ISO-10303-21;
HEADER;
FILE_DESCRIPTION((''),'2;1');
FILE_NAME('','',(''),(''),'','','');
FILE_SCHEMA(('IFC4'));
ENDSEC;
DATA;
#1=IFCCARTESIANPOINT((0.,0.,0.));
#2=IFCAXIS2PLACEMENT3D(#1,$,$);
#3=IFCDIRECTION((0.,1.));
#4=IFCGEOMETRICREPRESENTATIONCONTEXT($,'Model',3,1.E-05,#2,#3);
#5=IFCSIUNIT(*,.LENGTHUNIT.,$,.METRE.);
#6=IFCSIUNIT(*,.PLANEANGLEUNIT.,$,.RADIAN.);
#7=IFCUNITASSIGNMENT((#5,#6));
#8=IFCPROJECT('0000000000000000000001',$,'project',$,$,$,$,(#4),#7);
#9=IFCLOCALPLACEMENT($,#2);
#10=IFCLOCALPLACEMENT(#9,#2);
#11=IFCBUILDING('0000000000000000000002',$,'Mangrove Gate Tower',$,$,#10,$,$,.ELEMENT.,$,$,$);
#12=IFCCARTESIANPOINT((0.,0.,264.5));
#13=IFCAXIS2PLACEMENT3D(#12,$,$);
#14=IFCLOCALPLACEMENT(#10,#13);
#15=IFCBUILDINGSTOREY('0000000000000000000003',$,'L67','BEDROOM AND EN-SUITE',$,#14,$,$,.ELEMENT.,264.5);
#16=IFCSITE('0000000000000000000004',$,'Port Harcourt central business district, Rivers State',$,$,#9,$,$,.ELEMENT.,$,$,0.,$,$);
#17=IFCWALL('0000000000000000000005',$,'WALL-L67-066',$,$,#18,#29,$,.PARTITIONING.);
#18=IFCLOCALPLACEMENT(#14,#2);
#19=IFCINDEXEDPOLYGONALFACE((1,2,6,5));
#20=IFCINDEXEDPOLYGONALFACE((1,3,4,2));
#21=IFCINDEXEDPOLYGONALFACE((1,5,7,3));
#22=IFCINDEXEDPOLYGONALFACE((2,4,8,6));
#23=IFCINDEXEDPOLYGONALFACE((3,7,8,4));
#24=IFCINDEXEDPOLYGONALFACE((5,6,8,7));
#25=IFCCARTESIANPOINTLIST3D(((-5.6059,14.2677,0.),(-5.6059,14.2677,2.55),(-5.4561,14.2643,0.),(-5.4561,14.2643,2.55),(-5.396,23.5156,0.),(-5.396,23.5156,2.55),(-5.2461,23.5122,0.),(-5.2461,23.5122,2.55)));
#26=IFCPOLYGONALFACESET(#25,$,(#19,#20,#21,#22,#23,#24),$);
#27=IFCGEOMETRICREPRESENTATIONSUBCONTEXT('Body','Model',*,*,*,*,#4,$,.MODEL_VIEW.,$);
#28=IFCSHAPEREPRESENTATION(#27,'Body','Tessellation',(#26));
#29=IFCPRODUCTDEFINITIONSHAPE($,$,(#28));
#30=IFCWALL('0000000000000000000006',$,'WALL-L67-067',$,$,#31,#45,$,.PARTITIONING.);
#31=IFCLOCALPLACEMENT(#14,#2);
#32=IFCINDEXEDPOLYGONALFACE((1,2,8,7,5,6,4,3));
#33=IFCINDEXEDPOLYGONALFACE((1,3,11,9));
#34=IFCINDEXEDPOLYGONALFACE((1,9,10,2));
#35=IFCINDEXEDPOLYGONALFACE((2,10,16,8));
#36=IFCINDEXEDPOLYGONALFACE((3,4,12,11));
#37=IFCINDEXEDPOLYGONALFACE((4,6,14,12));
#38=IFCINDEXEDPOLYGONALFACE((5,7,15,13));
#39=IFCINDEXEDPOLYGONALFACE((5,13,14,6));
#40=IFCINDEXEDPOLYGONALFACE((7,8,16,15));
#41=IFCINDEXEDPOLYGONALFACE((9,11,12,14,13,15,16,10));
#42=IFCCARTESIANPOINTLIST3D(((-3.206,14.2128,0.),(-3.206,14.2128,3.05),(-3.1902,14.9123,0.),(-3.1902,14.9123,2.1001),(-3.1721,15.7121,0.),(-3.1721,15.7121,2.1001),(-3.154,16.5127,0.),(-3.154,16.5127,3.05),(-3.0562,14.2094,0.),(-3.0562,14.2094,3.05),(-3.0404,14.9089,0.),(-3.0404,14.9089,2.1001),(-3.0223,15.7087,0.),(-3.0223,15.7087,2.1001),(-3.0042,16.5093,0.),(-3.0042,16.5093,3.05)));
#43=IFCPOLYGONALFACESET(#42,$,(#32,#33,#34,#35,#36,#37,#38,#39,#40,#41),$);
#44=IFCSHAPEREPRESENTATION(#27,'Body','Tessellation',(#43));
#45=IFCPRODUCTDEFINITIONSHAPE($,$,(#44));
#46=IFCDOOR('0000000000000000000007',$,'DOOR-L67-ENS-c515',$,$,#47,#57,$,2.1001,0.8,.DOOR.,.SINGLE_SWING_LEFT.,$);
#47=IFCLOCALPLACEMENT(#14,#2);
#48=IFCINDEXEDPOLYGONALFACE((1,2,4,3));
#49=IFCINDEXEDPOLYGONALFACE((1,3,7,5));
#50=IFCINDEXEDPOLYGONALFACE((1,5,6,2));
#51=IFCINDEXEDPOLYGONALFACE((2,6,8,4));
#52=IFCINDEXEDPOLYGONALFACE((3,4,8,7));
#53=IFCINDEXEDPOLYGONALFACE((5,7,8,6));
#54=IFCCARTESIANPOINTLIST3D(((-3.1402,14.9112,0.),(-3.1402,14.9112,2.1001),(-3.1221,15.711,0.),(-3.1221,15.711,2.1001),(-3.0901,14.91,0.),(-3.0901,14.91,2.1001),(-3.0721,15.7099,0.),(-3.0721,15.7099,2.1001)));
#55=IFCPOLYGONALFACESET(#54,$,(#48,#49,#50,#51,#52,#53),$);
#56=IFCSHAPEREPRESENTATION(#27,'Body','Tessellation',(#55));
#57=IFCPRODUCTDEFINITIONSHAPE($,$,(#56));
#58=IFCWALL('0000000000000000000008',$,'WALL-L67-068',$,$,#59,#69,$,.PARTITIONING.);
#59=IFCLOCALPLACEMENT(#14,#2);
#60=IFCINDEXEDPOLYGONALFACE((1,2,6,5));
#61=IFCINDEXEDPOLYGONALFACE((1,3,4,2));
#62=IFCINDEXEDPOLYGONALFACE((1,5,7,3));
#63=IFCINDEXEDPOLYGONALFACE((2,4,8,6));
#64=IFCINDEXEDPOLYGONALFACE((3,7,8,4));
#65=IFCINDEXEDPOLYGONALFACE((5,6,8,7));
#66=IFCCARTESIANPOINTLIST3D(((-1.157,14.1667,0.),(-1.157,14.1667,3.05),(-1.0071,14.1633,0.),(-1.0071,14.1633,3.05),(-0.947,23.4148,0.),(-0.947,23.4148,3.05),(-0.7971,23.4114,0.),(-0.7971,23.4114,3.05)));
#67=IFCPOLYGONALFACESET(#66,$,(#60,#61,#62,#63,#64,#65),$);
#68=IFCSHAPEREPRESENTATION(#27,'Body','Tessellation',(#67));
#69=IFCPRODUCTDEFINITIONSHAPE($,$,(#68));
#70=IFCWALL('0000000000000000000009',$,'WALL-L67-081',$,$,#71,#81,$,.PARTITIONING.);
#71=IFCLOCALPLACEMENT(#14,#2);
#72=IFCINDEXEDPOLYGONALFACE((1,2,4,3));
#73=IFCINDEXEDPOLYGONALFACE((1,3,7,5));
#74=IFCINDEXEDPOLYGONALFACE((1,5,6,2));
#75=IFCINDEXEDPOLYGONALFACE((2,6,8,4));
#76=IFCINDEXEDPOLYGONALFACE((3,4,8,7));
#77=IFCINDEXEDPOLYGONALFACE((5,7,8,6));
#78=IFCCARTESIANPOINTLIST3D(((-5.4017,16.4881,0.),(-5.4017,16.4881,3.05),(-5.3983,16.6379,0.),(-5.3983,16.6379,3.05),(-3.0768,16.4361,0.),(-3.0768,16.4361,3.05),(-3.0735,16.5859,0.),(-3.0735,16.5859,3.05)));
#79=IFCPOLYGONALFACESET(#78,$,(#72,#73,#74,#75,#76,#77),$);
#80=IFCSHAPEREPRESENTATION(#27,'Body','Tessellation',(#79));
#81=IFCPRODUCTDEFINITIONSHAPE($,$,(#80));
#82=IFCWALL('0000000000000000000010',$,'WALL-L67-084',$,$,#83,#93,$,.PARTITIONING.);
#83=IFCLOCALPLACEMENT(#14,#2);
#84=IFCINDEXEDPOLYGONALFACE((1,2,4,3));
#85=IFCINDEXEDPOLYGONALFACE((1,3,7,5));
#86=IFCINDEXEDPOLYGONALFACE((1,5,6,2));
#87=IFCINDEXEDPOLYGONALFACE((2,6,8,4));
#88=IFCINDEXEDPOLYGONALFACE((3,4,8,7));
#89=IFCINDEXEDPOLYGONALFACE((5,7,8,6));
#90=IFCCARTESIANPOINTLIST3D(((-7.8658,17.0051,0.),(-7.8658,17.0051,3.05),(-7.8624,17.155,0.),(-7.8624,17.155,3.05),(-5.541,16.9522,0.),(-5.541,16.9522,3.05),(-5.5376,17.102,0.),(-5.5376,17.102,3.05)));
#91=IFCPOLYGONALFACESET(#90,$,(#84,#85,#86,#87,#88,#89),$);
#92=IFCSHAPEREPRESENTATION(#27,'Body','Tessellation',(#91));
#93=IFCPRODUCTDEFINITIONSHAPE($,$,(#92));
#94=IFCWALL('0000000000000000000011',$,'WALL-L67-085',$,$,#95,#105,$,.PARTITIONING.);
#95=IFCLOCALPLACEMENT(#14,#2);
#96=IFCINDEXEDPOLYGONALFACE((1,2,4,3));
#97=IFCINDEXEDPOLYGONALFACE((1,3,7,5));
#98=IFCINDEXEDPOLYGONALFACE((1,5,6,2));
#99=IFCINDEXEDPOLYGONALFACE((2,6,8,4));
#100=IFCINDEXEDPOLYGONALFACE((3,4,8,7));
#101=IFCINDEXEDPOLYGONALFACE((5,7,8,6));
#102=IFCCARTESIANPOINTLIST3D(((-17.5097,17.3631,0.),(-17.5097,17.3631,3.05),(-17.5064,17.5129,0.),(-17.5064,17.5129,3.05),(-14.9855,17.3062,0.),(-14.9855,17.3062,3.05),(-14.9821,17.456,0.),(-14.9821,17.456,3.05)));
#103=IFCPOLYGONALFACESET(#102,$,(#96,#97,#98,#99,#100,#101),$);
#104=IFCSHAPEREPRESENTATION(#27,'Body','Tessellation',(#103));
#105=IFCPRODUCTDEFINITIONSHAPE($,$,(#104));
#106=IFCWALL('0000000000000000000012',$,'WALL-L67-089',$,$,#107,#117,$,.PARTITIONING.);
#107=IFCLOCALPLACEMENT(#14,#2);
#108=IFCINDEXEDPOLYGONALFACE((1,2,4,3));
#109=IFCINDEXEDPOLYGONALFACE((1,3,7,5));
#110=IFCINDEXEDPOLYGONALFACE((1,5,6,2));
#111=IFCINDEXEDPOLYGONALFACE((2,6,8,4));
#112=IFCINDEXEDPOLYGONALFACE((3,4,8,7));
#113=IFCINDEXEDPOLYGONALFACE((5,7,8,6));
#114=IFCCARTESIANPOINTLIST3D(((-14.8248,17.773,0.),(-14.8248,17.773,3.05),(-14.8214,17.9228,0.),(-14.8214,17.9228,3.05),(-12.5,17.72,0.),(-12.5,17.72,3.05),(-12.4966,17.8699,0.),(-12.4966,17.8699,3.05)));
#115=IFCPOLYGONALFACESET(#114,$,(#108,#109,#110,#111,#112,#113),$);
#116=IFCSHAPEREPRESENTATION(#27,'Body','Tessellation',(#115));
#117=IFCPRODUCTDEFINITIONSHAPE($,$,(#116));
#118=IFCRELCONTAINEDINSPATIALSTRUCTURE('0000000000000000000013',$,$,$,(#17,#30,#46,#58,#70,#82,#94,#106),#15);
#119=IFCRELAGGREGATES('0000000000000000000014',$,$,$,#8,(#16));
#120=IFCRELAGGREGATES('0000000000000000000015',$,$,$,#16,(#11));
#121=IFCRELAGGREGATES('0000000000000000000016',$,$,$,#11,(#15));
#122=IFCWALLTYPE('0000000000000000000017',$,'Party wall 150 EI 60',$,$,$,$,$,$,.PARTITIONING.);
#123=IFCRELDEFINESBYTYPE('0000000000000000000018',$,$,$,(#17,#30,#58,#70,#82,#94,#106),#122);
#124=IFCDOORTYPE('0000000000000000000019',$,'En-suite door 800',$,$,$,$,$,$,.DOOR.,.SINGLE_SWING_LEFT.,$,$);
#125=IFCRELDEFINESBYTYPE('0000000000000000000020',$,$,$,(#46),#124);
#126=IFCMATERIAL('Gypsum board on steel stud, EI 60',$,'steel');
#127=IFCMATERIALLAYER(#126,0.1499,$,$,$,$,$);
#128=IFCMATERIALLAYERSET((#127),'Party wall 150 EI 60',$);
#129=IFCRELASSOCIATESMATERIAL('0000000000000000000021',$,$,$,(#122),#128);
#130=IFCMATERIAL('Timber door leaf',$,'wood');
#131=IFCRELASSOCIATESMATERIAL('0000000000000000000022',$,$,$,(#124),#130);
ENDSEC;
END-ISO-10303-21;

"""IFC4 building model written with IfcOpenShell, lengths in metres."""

from ifc_helpers import new_model, si_unit, direction, frame, frame_2d, origin, place, context, subcontext, project, spatial, rectangle, extrude, material, layer, layer_set, type_object, element, fill, save


model = new_model("IFC4")

# Units and contexts
model_context = context("Model", 3, precision=1e-05, world=origin(), true_north=direction((0.0, 1.0)))
body_context = subcontext(model_context, "Body", "Model", "MODEL_VIEW")
ifc_project = project(units=[si_unit("LENGTHUNIT", "METRE"), si_unit("PLANEANGLEUNIT", "RADIAN")], contexts=[model_context])

# Site, building, storey
site_placement = place(None, origin())
site = spatial("IfcSite", under=ifc_project, at=site_placement, Name="Port Harcourt central business district, Rivers State", CompositionType="ELEMENT", RefElevation=0.0)
building_placement = place(site_placement, origin())
building = spatial("IfcBuilding", under=site, at=building_placement, Name="Mangrove Gate Tower", CompositionType="ELEMENT")
storey_placement = place(building_placement, frame((0.0, 0.0, 264.5)))
storey = spatial("IfcBuildingStorey", under=building, at=storey_placement, Name="L67", Description="BEDROOM AND EN-SUITE", CompositionType="ELEMENT", Elevation=264.5)

# Shared definitions
ifc_material_1 = material(Name="Gypsum board on steel stud, EI 60", Category="steel")
ifc_layer = layer(ifc_material_1, 0.1499)
ifc_layer_set = layer_set([ifc_layer], Name="Party wall 150 EI 60")
wall_type = type_object("IfcWallType", Name="Party wall 150 EI 60", PredefinedType="PARTITIONING", material=ifc_layer_set)

# Shared definitions
ifc_material_2 = material(Name="Timber door leaf", Category="wood")
door_type = type_object("IfcDoorType", Name="En-suite door 800", OperationType="SINGLE_SWING_LEFT", PredefinedType="DOOR", material=ifc_material_2)

# Wall
wall_1_placement = place(storey_placement, frame((-5.531, 14.2661, 0.0), z_axis=(0.0, 0.0, 1.0), x_axis=(0.022698, 0.999742, 0.0)))
element("IfcWall", 1, at=wall_1_placement, inside=storey, type_object=wall_type, Name="WALL-L67-066", PredefinedType="PARTITIONING", context=body_context, shape_type="SweptSolid", body=[
    extrude(rectangle(XDim=9.2502, YDim=0.1499, at=frame_2d((4.625, 0.0))), origin(), (0.0, 0.0, 1.0), 2.55),
])

# Wall, opening, door
wall_2_placement = place(storey_placement, frame((-3.1311, 14.2109, 0.0), z_axis=(0.0, 0.0, 1.0), x_axis=(0.022603, 0.999745, 0.0)))
wall_2 = element("IfcWall", 2, at=wall_2_placement, inside=storey, type_object=wall_type, Name="WALL-L67-067", PredefinedType="PARTITIONING", context=body_context, shape_type="SweptSolid", body=[
    extrude(rectangle(XDim=2.3005, YDim=0.1499, at=frame_2d((1.1504, 0.0))), origin(), (0.0, 0.0, 1.0), 3.05),
])
opening_1_placement = place(wall_2_placement, frame((0.7, 0.0, 0.0)))
opening_1 = element("IfcOpeningElement", 3, at=opening_1_placement, cuts=wall_2, PredefinedType="OPENING", context=body_context, shape_type="SweptSolid", body=[
    extrude(rectangle(XDim=0.8, YDim=2.1001, at=frame_2d((0.3999, 1.05))), frame((0.0, 0.085, 0.0), z_axis=(0.0, -1.0, 0.0), x_axis=(1.0, 0.0, 0.0)), (0.0, 0.0, 1.0), 0.1699),
])
door_1_placement = place(opening_1_placement, origin())
door_1 = element("IfcDoor", 4, at=door_1_placement, inside=storey, type_object=door_type, Name="DOOR-L67-ENS-c515", OperationType="SINGLE_SWING_LEFT", OverallHeight=2.1001, OverallWidth=0.8, PredefinedType="DOOR", context=body_context, shape_type="SweptSolid", body=[
    extrude(rectangle(XDim=0.8, YDim=2.1001, at=frame_2d((0.3999, 1.05))), frame((0.0, 0.0249, 0.0), z_axis=(0.0, -1.0, 0.0), x_axis=(1.0, 0.0, 0.0)), (0.0, 0.0, 1.0), 0.05),
])
fill(opening_1, door_1)

# Walls
wall_3_placement = place(storey_placement, frame((-1.082, 14.165, 0.0), z_axis=(0.0, 0.0, 1.0), x_axis=(0.022697, 0.999742, 0.0)))
element("IfcWall", 5, at=wall_3_placement, inside=storey, type_object=wall_type, Name="WALL-L67-068", PredefinedType="PARTITIONING", context=body_context, shape_type="SweptSolid", body=[
    extrude(rectangle(XDim=9.2505, YDim=0.1499, at=frame_2d((4.6252, 0.0))), origin(), (0.0, 0.0, 1.0), 3.05),
])
for number, where, z_axis, x_axis, name in (
    (6, (-5.3999, 16.563, 0.0), (0.0, 0.0, 1.0), (0.99975, -0.022361, 0.0), "WALL-L67-081"),
    (7, (-7.864, 17.0801, 0.0), (0.0, 0.0, 1.0), (0.99974, -0.022781, 0.0), "WALL-L67-084"),
):
    element("IfcWall", number, at=place(storey_placement, frame(where, z_axis=z_axis, x_axis=x_axis)), inside=storey, type_object=wall_type, Name=name, PredefinedType="PARTITIONING", context=body_context, shape_type="SweptSolid", body=[
        extrude(rectangle(XDim=2.3254, YDim=0.1499, at=frame_2d((1.1626, 0.0))), origin(), (0.0, 0.0, 1.0), 3.05),
    ])
wall_4_placement = place(storey_placement, frame((-17.5081, 17.438, 0.0), z_axis=(0.0, 0.0, 1.0), x_axis=(0.999746, -0.02253, 0.0)))
element("IfcWall", 8, at=wall_4_placement, inside=storey, type_object=wall_type, Name="WALL-L67-085", PredefinedType="PARTITIONING", context=body_context, shape_type="SweptSolid", body=[
    extrude(rectangle(XDim=2.5249, YDim=0.1499, at=frame_2d((1.2625, 0.0))), origin(), (0.0, 0.0, 1.0), 3.05),
])
wall_5_placement = place(storey_placement, frame((-14.823, 17.8479, 0.0), z_axis=(0.0, 0.0, 1.0), x_axis=(0.99974, -0.022781, 0.0)))
element("IfcWall", 9, at=wall_5_placement, inside=storey, type_object=wall_type, Name="WALL-L67-089", PredefinedType="PARTITIONING", context=body_context, shape_type="SweptSolid", body=[
    extrude(rectangle(XDim=2.3254, YDim=0.1499, at=frame_2d((1.1626, 0.0))), origin(), (0.0, 0.0, 1.0), 3.05),
])

save(model, "model.ifc")
